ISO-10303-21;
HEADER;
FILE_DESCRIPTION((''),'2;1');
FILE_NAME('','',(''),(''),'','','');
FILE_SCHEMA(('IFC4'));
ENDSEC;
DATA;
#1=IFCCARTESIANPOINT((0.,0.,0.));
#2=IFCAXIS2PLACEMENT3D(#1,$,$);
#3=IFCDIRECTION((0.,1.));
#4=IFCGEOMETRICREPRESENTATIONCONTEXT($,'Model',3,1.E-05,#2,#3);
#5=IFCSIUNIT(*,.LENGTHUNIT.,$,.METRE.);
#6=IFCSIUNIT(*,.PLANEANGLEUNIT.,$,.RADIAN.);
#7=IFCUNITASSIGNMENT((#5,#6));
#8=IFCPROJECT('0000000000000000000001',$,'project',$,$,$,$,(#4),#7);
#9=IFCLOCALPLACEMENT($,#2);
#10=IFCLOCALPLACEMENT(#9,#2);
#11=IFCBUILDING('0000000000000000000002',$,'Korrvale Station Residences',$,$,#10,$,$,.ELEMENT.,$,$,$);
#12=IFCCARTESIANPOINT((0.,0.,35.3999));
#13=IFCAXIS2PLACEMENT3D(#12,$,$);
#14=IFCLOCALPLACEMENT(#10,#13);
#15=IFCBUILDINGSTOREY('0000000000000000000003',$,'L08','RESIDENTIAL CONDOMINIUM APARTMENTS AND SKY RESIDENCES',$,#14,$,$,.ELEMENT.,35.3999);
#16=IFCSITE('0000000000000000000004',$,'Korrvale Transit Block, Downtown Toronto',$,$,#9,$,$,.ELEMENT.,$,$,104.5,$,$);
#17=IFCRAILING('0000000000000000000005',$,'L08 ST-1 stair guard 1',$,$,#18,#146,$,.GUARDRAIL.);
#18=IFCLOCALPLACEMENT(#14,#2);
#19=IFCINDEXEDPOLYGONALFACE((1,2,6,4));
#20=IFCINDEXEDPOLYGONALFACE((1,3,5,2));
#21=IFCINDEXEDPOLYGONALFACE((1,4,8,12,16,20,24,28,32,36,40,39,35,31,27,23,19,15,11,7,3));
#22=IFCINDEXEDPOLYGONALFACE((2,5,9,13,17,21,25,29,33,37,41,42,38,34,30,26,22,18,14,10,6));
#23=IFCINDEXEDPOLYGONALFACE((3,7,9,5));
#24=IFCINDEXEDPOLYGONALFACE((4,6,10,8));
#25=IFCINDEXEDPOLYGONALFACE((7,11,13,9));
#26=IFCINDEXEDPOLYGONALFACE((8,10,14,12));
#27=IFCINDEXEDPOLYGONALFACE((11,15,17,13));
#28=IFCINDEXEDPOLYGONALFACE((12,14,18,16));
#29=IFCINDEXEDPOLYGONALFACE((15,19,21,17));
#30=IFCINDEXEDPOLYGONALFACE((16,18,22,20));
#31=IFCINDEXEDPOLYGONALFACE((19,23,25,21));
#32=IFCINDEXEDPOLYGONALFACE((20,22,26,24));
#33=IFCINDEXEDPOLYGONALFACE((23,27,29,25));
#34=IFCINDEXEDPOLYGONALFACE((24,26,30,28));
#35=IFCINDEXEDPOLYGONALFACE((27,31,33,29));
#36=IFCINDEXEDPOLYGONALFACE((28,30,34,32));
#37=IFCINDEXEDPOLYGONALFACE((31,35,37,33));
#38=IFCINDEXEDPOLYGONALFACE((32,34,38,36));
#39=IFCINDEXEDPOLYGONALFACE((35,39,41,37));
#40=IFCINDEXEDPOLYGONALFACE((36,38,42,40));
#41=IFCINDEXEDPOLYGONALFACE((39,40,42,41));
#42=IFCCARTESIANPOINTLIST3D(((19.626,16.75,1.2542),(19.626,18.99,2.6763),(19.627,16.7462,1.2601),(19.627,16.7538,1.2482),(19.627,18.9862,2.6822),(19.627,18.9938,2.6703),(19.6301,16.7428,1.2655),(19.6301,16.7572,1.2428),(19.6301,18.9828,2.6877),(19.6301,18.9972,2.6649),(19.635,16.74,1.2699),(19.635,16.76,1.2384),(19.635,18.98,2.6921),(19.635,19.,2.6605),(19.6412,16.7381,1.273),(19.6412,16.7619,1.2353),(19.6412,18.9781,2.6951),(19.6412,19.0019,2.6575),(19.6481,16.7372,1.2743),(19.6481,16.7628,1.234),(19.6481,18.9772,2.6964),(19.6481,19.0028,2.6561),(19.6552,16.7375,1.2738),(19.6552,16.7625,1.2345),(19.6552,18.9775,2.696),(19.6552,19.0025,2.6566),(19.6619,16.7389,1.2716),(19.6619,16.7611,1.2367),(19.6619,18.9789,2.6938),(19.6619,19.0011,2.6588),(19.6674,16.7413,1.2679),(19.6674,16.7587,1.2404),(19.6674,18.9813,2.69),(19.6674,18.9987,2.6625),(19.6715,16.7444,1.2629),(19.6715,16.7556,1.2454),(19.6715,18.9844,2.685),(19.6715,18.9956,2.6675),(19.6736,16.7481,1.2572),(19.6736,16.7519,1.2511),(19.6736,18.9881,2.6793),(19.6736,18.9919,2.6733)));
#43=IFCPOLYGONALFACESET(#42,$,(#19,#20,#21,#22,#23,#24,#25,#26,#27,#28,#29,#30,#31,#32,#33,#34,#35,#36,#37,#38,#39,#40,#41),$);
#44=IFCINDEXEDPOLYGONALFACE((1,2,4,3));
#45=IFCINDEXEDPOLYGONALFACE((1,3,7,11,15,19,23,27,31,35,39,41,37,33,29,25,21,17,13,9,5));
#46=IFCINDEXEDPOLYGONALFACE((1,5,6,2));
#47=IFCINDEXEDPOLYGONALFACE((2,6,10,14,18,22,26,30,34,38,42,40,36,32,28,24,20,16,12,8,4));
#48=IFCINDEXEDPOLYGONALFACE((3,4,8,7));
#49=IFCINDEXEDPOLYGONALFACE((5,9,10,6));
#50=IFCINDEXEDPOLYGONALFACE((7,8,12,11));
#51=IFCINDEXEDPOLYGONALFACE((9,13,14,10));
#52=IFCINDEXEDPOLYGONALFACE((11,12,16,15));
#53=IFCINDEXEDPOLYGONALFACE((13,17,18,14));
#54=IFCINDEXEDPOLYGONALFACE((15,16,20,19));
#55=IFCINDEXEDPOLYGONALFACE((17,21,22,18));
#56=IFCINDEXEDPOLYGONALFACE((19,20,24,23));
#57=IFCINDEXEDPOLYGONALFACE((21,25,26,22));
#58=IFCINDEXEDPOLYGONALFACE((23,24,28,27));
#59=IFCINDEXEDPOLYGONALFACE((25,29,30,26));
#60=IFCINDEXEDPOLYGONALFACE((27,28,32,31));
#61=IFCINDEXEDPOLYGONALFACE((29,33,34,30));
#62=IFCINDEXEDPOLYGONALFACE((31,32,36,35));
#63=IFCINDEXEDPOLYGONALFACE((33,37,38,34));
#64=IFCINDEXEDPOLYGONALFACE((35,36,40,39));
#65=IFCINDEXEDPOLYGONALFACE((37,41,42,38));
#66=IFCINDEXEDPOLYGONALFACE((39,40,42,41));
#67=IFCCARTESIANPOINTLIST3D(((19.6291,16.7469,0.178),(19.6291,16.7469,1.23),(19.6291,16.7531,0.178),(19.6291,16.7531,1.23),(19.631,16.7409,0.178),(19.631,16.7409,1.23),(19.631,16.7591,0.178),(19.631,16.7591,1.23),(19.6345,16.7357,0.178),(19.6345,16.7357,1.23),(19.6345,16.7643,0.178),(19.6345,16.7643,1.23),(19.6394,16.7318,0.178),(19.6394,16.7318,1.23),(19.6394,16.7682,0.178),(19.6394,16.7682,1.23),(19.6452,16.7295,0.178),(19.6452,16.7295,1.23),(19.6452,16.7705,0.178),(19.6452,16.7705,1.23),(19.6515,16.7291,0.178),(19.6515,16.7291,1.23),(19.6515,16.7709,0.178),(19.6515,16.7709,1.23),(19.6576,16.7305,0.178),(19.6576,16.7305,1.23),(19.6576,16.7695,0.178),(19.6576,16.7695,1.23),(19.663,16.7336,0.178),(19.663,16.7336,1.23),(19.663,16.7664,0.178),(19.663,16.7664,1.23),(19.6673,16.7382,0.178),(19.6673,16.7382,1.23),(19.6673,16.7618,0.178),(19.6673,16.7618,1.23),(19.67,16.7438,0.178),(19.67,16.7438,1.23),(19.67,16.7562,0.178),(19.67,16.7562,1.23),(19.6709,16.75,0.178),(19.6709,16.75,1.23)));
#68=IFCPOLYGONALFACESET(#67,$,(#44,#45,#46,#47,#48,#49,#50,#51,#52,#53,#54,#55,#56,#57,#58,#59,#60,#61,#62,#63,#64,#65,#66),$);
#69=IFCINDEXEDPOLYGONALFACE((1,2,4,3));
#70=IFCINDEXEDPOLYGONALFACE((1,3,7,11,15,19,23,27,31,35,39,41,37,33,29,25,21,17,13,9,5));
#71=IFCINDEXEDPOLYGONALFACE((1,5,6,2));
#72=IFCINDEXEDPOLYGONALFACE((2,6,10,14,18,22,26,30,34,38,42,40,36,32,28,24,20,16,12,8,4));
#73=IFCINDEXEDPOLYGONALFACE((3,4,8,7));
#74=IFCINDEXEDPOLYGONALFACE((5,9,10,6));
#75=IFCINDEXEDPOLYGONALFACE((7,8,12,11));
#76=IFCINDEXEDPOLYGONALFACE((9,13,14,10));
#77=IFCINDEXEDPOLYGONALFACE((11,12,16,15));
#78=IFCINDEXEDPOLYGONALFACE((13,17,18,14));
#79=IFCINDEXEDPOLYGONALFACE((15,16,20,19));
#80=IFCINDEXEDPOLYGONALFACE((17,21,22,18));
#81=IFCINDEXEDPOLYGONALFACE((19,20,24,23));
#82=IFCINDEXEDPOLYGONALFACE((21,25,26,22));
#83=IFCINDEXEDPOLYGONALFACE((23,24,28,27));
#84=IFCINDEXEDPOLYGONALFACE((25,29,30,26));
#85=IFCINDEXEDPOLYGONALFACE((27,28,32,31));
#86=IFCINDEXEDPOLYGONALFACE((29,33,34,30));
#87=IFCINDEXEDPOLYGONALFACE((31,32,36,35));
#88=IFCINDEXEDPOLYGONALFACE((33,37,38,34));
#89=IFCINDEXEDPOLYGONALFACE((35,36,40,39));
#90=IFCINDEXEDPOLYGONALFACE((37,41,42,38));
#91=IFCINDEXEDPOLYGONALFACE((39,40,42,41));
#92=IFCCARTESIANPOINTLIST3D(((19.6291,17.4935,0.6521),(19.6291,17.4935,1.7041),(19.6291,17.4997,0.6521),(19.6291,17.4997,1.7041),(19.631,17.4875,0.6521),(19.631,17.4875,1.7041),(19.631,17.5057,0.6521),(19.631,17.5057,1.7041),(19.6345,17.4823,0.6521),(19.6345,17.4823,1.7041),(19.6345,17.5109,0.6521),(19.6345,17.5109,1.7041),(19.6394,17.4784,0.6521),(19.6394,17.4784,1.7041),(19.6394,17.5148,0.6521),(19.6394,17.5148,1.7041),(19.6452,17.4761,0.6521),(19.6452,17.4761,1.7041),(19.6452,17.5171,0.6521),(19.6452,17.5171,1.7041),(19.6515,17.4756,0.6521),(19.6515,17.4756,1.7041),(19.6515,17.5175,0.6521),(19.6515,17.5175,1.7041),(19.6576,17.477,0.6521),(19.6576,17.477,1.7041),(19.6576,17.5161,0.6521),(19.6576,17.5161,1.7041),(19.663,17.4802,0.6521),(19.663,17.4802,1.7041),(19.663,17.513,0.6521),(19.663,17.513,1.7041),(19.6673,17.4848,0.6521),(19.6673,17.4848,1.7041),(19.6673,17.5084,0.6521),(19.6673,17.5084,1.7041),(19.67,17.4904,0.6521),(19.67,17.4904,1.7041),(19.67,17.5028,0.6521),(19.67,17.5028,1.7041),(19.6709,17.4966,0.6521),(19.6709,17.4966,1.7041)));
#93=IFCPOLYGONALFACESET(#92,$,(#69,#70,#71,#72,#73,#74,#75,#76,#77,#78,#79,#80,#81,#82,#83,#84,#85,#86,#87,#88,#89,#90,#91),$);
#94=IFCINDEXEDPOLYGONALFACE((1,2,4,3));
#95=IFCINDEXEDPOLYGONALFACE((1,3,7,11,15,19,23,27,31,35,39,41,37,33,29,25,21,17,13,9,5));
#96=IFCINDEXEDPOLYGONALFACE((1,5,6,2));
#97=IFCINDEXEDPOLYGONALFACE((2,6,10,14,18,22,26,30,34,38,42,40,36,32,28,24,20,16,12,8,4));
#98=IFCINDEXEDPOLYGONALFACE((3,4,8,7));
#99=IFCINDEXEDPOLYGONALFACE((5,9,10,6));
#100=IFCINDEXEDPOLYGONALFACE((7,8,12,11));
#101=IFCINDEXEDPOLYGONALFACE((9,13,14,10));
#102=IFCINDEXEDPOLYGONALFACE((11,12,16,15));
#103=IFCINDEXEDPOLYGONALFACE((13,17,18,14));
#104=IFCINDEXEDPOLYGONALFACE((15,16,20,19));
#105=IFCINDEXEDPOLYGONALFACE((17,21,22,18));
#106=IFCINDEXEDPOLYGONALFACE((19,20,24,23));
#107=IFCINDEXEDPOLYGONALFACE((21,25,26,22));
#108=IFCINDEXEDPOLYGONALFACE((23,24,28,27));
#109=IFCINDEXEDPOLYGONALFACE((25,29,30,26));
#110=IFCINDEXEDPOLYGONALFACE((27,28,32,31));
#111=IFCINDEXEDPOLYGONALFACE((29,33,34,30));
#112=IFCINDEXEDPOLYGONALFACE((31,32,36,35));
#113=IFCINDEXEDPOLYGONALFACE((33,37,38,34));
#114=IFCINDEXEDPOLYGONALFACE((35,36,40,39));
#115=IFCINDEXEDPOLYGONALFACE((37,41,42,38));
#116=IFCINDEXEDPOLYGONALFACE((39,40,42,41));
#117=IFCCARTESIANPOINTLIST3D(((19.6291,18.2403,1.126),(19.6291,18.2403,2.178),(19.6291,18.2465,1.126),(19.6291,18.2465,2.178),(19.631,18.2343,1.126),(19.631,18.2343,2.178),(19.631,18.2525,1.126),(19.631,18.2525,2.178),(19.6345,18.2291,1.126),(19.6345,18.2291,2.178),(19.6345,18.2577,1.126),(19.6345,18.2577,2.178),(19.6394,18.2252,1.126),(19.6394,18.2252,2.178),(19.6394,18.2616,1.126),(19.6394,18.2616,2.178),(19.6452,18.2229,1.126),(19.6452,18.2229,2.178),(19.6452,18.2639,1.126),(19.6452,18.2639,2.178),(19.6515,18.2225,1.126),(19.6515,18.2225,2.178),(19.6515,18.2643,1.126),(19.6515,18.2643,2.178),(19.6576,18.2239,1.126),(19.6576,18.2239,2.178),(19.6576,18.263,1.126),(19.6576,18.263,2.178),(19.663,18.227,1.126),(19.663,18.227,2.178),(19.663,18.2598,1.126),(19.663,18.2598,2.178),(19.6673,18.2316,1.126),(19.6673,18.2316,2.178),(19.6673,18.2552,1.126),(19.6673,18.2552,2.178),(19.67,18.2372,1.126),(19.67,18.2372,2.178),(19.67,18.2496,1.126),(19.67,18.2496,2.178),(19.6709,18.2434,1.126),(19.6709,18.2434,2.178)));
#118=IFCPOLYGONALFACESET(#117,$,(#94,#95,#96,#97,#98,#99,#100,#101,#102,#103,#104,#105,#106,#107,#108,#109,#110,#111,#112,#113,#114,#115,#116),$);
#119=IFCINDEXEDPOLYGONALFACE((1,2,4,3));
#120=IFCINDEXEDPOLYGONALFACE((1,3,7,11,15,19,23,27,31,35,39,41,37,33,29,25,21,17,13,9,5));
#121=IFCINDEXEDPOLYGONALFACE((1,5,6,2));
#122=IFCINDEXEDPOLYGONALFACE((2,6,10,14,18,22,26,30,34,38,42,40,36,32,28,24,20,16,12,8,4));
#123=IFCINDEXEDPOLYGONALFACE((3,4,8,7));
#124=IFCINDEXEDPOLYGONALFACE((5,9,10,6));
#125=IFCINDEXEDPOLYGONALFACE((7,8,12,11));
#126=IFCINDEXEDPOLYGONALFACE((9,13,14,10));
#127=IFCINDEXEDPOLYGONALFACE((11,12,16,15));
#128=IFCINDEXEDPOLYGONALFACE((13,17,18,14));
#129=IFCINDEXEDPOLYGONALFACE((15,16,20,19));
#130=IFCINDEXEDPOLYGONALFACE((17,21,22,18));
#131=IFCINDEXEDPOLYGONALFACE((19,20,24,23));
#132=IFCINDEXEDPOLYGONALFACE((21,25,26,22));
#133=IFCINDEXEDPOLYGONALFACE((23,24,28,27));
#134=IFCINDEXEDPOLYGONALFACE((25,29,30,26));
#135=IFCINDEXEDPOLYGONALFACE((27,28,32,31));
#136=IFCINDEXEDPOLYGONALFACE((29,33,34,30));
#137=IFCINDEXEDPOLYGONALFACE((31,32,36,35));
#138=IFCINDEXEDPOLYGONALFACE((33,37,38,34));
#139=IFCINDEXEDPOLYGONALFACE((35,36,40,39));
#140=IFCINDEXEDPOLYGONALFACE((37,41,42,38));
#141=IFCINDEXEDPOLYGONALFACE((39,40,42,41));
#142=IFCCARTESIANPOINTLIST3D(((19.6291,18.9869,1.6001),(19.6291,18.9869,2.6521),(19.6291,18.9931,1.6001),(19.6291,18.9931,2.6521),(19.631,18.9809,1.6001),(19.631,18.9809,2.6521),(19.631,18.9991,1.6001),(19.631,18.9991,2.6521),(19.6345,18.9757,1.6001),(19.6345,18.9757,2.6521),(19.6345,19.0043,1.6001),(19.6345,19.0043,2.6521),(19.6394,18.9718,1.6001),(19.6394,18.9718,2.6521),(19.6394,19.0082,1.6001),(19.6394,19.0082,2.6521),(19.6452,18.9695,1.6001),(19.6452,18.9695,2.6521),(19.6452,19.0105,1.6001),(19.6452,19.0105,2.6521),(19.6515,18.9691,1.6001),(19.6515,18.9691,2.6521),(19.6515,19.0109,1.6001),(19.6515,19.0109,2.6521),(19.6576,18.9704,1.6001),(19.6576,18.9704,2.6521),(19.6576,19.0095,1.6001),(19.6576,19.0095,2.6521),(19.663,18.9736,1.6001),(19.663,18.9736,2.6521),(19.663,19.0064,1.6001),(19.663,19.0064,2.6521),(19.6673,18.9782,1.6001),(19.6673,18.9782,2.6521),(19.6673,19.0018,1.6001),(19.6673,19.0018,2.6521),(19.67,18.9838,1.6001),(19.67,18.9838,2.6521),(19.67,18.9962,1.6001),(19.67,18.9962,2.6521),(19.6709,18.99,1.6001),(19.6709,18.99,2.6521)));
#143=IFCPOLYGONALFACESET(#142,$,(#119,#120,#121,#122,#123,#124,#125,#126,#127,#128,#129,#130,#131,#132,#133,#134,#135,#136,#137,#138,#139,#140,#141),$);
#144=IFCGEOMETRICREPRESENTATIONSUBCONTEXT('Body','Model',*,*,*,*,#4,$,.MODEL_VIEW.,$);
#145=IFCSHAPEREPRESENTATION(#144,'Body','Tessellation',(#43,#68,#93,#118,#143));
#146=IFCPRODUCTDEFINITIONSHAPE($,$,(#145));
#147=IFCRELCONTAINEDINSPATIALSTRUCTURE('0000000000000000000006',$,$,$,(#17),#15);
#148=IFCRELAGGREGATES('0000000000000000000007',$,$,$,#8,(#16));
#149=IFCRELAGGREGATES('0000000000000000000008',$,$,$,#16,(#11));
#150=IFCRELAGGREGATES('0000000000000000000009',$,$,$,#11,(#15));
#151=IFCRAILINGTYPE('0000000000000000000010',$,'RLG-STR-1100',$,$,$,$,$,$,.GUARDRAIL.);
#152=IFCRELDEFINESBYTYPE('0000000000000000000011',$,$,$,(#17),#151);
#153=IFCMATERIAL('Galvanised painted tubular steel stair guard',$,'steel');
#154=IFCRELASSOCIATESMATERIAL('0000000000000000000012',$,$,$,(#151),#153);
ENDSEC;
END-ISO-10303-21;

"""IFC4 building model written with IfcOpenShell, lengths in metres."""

from ifc_helpers import new_model, si_unit, direction, frame, origin, origin_2d, place, context, subcontext, project, spatial, circle, extrude, material, type_object, element, save


model = new_model("IFC4")

# Units and contexts
model_context = context("Model", 3, precision=1e-05, world=origin(), true_north=direction((0.0, 1.0)))
body_context = subcontext(model_context, "Body", "Model", "MODEL_VIEW")
ifc_project = project(units=[si_unit("LENGTHUNIT", "METRE"), si_unit("PLANEANGLEUNIT", "RADIAN")], contexts=[model_context])

# Site, building, storey
site_placement = place(None, origin())
site = spatial("IfcSite", under=ifc_project, at=site_placement, Name="Korrvale Transit Block, Downtown Toronto", CompositionType="ELEMENT", RefElevation=104.5)
building_placement = place(site_placement, origin())
building = spatial("IfcBuilding", under=site, at=building_placement, Name="Korrvale Station Residences", CompositionType="ELEMENT")
storey_placement = place(building_placement, frame((0.0, 0.0, 35.3999)))
storey = spatial("IfcBuildingStorey", under=building, at=storey_placement, Name="L08", Description="RESIDENTIAL CONDOMINIUM APARTMENTS AND SKY RESIDENCES", CompositionType="ELEMENT", Elevation=35.3999)

# Railing
ifc_material_1 = material(Name="Galvanised painted tubular steel stair guard", Category="steel")
railing_type_1 = type_object("IfcRailingType", Name="RLG-STR-1100", PredefinedType="GUARDRAIL", material=ifc_material_1)
railing_1_placement = place(storey_placement, frame((19.6499, 16.75, 0.178)))
element("IfcRailing", 1, at=railing_1_placement, inside=storey, type_object=railing_type_1, Name="L08 ST-1 stair guard 1", PredefinedType="GUARDRAIL", context=body_context, shape_type="SweptSolid", body=[
    extrude(circle(Radius=0.0239, at=origin_2d()), frame((0.0, 0.0, 1.0762), z_axis=(0.0, 0.844229, 0.535982), x_axis=(-1.0, 0.0, 0.0)), (0.0, 0.0, 1.0), 2.6533),
    extrude(circle(Radius=0.021, at=origin_2d()), origin(), (0.0, 0.0, 1.0), 1.052),
    extrude(circle(Radius=0.021, at=origin_2d()), frame((0.0, 0.7466, 0.4741)), (0.0, 0.0, 1.0), 1.052),
    extrude(circle(Radius=0.021, at=origin_2d()), frame((0.0, 1.4934, 0.948)), (0.0, 0.0, 1.0), 1.052),
    extrude(circle(Radius=0.021, at=origin_2d()), frame((0.0, 2.24, 1.4221)), (0.0, 0.0, 1.0), 1.052),
])

save(model, "model.ifc")
